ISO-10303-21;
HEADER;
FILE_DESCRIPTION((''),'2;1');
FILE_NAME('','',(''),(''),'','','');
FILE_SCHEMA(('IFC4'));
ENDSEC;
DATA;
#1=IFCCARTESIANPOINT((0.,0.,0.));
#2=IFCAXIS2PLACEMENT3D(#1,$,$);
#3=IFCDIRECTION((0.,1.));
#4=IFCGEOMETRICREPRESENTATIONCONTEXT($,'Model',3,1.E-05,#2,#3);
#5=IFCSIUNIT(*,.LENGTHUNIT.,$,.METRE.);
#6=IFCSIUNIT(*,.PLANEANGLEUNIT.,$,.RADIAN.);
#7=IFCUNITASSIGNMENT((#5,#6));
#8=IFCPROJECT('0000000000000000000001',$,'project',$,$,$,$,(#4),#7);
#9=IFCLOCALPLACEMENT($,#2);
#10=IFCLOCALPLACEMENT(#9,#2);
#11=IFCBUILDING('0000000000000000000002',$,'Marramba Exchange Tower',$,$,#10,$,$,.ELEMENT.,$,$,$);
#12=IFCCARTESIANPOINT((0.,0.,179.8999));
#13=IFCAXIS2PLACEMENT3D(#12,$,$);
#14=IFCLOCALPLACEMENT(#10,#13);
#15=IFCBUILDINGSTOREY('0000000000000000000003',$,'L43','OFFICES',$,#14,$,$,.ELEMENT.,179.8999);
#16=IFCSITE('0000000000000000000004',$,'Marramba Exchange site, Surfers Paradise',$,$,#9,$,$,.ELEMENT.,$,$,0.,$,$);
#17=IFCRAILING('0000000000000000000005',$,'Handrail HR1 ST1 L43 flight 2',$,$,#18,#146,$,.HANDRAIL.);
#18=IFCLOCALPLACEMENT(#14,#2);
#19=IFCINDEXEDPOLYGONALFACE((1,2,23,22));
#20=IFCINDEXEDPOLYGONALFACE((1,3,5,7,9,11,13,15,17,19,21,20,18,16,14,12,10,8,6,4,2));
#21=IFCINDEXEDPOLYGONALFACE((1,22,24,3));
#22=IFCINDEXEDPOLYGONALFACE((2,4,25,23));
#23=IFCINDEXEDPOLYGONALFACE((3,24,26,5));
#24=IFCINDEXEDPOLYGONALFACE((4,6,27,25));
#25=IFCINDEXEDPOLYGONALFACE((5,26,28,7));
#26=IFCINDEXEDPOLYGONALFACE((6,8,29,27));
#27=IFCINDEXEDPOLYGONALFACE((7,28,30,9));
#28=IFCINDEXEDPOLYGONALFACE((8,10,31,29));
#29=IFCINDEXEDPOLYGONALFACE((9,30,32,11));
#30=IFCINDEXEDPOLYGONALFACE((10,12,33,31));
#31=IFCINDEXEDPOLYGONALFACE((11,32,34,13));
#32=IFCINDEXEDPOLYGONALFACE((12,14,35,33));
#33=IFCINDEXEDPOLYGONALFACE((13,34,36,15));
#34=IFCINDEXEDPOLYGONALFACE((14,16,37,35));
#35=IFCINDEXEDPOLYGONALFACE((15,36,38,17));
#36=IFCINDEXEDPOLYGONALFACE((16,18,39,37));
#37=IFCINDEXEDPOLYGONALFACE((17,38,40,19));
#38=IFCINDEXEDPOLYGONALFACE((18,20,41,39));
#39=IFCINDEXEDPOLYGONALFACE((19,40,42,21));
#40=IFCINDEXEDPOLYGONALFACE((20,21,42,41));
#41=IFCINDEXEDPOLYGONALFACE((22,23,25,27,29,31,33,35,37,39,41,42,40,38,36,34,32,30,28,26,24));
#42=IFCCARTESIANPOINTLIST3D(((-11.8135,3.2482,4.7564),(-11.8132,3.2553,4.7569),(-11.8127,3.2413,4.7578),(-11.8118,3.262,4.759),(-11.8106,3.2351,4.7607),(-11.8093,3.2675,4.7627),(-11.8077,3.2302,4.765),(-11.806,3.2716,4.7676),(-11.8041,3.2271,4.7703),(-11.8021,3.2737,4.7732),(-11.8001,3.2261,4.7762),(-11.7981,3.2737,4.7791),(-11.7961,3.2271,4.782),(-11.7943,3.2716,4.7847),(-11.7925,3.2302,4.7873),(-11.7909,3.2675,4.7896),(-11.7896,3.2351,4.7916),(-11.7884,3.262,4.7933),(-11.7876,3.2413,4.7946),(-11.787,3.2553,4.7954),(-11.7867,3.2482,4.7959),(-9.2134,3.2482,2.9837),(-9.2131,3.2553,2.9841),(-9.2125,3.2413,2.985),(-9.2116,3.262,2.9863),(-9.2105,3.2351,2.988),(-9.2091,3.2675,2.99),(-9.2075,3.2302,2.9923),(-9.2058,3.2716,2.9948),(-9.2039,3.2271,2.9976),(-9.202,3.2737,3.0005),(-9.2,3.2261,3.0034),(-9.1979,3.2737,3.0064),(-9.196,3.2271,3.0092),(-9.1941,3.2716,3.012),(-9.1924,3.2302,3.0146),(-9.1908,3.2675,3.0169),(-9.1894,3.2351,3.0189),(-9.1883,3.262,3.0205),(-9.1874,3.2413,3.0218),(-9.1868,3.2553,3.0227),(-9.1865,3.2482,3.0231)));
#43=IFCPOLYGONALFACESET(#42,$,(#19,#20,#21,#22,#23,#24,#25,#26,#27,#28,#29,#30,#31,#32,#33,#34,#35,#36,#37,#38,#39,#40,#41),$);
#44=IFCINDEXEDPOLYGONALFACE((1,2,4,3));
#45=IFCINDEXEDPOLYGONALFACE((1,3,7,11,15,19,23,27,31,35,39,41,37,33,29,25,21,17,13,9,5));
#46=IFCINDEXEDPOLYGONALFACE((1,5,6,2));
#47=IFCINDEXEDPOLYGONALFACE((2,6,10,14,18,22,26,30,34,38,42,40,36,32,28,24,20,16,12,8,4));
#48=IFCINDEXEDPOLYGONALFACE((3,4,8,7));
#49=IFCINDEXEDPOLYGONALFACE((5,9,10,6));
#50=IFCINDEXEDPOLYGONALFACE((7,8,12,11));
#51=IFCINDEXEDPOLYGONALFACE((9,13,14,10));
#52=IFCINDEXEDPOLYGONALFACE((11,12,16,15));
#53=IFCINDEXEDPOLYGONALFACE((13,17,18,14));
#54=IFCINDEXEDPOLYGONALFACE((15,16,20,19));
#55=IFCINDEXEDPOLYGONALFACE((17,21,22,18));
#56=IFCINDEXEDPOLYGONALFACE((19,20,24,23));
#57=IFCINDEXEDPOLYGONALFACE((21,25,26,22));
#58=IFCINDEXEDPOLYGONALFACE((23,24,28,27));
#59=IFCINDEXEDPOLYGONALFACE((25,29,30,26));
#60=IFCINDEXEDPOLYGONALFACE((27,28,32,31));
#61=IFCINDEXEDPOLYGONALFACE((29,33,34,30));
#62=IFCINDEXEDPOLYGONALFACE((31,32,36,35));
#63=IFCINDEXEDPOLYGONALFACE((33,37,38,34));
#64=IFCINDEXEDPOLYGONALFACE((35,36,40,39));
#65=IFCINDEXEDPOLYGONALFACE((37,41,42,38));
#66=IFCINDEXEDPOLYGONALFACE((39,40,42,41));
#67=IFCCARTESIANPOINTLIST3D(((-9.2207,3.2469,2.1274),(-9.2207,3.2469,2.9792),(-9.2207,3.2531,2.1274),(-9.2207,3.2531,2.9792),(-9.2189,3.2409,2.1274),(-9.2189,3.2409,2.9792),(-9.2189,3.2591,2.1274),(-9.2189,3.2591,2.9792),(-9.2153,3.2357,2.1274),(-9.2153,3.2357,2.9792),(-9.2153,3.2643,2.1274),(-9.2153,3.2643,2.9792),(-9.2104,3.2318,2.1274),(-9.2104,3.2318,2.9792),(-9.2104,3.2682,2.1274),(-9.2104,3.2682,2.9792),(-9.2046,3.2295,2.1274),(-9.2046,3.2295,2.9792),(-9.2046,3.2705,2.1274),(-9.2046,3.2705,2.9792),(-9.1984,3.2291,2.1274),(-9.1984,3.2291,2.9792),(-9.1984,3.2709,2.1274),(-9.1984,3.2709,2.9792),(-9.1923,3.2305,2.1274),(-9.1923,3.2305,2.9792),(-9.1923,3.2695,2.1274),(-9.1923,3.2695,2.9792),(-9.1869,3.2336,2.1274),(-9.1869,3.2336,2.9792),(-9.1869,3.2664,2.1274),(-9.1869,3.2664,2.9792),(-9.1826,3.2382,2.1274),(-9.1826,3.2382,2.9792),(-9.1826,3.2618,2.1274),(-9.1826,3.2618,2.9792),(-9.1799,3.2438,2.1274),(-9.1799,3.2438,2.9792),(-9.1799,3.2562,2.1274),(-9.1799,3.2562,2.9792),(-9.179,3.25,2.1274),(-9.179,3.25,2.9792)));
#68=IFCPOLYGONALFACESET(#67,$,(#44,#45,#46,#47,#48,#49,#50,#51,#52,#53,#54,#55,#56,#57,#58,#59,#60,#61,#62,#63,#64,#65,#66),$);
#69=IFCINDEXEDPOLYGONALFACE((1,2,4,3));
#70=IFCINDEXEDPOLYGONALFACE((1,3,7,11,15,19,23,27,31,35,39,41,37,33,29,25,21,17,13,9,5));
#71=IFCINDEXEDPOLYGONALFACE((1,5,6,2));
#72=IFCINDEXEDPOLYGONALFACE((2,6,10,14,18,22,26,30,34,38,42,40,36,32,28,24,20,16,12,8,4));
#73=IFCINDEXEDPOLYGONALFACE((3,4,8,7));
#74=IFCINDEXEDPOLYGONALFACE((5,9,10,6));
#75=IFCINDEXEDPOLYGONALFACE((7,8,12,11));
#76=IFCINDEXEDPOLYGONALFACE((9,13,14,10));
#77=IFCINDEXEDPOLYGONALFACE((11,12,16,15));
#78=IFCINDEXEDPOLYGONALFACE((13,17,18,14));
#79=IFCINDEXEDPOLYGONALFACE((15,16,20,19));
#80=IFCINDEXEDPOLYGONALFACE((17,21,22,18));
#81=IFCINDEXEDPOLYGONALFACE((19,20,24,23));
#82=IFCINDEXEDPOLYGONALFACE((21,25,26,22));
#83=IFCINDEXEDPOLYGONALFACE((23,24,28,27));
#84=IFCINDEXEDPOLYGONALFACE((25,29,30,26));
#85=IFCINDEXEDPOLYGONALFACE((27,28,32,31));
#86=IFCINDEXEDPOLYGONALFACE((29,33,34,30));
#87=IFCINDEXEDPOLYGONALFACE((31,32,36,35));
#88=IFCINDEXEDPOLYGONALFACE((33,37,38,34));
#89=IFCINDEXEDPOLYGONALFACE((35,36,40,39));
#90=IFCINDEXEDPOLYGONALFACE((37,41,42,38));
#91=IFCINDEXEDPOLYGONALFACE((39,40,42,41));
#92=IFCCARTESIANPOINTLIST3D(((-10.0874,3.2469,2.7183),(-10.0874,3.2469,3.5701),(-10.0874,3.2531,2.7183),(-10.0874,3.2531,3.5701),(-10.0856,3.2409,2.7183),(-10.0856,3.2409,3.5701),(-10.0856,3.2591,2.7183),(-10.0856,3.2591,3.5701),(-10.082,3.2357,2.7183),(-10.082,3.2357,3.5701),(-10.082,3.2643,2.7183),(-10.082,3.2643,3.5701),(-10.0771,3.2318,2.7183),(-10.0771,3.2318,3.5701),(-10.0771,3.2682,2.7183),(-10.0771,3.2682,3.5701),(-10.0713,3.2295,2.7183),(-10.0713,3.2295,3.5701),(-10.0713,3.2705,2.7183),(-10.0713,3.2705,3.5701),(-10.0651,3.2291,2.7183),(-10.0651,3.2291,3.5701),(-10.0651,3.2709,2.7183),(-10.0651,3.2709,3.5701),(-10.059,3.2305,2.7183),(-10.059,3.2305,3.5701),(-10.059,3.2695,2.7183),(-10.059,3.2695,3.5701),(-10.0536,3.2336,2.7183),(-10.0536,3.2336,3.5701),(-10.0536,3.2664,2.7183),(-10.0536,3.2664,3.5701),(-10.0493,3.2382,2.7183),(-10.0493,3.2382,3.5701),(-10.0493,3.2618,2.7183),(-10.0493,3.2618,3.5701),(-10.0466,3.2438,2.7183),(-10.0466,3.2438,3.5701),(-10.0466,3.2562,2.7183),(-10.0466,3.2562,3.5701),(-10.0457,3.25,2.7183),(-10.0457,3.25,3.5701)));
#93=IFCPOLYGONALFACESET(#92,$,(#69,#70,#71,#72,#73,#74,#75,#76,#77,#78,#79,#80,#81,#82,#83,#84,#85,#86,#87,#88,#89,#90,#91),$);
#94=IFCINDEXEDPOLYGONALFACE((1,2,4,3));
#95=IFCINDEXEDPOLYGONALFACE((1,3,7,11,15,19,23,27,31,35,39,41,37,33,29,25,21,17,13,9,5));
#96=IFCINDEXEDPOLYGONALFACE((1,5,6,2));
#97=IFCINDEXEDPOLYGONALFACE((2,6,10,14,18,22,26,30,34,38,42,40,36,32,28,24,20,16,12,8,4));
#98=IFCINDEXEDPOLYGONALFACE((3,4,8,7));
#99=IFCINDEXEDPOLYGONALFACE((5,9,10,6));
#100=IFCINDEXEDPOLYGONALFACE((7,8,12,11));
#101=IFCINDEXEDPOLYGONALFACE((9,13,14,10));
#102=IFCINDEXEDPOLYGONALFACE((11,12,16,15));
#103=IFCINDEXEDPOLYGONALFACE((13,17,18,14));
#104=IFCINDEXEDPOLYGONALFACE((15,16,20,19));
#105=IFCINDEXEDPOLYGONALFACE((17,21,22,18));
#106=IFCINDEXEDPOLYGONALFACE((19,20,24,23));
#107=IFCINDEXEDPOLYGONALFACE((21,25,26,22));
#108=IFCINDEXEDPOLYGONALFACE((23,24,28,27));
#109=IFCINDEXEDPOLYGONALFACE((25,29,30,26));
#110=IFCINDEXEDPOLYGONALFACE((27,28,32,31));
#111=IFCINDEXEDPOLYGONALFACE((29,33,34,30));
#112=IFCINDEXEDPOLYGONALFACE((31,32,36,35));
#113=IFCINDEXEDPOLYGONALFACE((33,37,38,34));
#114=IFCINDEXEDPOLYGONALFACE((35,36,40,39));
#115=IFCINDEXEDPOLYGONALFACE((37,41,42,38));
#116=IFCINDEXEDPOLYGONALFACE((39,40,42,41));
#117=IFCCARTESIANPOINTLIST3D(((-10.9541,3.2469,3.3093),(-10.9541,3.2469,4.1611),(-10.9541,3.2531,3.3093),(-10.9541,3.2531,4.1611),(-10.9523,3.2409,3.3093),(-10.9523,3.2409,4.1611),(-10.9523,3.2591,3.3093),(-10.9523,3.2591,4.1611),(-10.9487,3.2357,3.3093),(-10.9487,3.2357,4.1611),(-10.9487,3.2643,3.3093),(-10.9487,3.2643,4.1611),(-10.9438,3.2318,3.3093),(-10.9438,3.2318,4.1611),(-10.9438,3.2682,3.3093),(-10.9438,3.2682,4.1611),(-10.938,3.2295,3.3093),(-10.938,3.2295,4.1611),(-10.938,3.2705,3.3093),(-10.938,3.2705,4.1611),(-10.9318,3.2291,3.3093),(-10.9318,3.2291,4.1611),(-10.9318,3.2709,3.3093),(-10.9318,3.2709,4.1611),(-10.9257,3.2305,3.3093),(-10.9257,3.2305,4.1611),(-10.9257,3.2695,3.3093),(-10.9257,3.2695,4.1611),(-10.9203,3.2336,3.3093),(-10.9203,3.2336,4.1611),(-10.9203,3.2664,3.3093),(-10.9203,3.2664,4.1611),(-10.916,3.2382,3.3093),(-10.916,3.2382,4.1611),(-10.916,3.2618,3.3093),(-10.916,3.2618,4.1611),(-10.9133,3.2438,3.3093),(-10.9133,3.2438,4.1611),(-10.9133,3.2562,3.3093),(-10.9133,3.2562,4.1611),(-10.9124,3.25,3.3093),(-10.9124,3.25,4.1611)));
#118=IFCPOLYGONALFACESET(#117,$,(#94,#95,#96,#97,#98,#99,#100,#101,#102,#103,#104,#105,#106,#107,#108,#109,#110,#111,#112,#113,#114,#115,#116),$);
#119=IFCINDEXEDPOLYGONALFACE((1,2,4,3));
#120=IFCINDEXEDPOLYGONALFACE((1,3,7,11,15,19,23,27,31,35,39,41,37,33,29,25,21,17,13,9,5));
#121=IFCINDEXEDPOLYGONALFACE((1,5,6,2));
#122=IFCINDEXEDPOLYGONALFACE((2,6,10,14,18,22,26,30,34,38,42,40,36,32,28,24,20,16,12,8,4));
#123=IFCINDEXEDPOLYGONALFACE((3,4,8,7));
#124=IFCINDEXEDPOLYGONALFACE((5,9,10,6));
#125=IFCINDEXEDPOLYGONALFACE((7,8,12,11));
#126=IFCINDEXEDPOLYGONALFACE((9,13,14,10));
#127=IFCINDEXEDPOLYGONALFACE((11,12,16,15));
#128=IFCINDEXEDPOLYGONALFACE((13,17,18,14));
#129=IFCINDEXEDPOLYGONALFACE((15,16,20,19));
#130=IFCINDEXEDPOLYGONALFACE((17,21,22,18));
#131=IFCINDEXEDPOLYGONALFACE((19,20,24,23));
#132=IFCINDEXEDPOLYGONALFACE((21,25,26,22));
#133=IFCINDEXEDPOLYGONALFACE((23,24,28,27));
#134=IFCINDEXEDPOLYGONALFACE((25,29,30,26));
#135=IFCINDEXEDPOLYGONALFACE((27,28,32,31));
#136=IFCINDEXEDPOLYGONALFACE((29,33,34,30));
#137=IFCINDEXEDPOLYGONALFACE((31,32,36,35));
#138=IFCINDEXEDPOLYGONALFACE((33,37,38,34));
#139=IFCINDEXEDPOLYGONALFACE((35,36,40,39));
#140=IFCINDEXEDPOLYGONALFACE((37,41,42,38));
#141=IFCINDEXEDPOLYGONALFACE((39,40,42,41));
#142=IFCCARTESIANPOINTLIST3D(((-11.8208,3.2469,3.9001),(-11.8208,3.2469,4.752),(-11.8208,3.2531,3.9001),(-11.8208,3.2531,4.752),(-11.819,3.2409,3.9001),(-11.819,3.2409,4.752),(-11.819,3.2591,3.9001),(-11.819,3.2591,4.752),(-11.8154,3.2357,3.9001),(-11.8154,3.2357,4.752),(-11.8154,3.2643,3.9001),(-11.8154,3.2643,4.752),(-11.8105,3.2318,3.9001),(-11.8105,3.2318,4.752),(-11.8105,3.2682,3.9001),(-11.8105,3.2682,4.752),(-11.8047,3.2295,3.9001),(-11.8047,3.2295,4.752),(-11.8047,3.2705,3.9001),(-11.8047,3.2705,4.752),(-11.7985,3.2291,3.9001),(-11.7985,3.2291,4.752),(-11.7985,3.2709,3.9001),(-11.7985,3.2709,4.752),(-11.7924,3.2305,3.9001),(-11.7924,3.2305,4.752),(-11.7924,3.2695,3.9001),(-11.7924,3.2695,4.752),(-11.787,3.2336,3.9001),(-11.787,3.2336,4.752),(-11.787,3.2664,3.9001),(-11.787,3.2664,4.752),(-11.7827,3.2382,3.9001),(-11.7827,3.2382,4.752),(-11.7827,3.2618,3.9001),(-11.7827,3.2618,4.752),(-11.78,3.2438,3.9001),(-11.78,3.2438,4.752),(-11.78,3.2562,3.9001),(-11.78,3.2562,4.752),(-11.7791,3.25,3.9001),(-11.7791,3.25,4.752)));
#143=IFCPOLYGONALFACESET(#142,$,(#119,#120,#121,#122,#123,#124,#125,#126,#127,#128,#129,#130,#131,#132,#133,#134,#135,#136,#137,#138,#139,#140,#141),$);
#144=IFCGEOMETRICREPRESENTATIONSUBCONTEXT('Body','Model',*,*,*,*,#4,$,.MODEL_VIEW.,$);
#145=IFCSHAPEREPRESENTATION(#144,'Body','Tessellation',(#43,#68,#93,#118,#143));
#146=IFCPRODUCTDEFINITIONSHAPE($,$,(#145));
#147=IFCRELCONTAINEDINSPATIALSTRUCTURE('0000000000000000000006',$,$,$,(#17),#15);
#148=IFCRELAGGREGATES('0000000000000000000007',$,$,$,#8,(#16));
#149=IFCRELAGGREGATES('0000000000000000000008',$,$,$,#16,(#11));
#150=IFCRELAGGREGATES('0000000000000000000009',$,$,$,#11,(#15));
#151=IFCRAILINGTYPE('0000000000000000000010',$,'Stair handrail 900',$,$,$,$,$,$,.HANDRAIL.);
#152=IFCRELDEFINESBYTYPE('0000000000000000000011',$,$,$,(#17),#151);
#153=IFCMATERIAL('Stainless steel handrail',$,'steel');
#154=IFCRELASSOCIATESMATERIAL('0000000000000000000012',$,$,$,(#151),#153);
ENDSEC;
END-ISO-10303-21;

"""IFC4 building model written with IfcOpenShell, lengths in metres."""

from ifc_helpers import new_model, si_unit, direction, frame, origin, origin_2d, place, context, subcontext, project, spatial, circle, extrude, material, type_object, element, save


model = new_model("IFC4")

# Units and contexts
model_context = context("Model", 3, precision=1e-05, world=origin(), true_north=direction((0.0, 1.0)))
body_context = subcontext(model_context, "Body", "Model", "MODEL_VIEW")
ifc_project = project(units=[si_unit("LENGTHUNIT", "METRE"), si_unit("PLANEANGLEUNIT", "RADIAN")], contexts=[model_context])

# Site, building, storey
site_placement = place(None, origin())
site = spatial("IfcSite", under=ifc_project, at=site_placement, Name="Marramba Exchange site, Surfers Paradise", CompositionType="ELEMENT", RefElevation=0.0)
building_placement = place(site_placement, origin())
building = spatial("IfcBuilding", under=site, at=building_placement, Name="Marramba Exchange Tower", CompositionType="ELEMENT")
storey_placement = place(building_placement, frame((0.0, 0.0, 179.8999)))
storey = spatial("IfcBuildingStorey", under=building, at=storey_placement, Name="L43", Description="OFFICES", CompositionType="ELEMENT", Elevation=179.8999)

# Railing
ifc_material_1 = material(Name="Stainless steel handrail", Category="steel")
railing_type = type_object("IfcRailingType", Name="Stair handrail 900", PredefinedType="HANDRAIL", material=ifc_material_1)
railing_1_placement = place(storey_placement, frame((-9.2, 3.25, 2.1274)))
element("IfcRailing", 1, at=railing_1_placement, inside=storey, type_object=railing_type, Name="Handrail HR1 ST1 L43 flight 2", PredefinedType="HANDRAIL", context=body_context, shape_type="SweptSolid", body=[
    extrude(circle(Radius=0.0239, at=origin_2d()), frame((0.0, 0.0, 0.876), z_axis=(-0.82624, 0.0, 0.563318), x_axis=(0.0, -1.0, 0.0)), (0.0, 0.0, 1.0), 3.147),
    extrude(circle(Radius=0.021, at=origin_2d()), origin(), (0.0, 0.0, 1.0), 0.8518),
    extrude(circle(Radius=0.021, at=origin_2d()), frame((-0.8667, 0.0, 0.5908)), (0.0, 0.0, 1.0), 0.8518),
    extrude(circle(Radius=0.021, at=origin_2d()), frame((-1.7334, 0.0, 1.1819)), (0.0, 0.0, 1.0), 0.8518),
    extrude(circle(Radius=0.021, at=origin_2d()), frame((-2.6001, 0.0, 1.7727)), (0.0, 0.0, 1.0), 0.8518),
])

save(model, "model.ifc")
